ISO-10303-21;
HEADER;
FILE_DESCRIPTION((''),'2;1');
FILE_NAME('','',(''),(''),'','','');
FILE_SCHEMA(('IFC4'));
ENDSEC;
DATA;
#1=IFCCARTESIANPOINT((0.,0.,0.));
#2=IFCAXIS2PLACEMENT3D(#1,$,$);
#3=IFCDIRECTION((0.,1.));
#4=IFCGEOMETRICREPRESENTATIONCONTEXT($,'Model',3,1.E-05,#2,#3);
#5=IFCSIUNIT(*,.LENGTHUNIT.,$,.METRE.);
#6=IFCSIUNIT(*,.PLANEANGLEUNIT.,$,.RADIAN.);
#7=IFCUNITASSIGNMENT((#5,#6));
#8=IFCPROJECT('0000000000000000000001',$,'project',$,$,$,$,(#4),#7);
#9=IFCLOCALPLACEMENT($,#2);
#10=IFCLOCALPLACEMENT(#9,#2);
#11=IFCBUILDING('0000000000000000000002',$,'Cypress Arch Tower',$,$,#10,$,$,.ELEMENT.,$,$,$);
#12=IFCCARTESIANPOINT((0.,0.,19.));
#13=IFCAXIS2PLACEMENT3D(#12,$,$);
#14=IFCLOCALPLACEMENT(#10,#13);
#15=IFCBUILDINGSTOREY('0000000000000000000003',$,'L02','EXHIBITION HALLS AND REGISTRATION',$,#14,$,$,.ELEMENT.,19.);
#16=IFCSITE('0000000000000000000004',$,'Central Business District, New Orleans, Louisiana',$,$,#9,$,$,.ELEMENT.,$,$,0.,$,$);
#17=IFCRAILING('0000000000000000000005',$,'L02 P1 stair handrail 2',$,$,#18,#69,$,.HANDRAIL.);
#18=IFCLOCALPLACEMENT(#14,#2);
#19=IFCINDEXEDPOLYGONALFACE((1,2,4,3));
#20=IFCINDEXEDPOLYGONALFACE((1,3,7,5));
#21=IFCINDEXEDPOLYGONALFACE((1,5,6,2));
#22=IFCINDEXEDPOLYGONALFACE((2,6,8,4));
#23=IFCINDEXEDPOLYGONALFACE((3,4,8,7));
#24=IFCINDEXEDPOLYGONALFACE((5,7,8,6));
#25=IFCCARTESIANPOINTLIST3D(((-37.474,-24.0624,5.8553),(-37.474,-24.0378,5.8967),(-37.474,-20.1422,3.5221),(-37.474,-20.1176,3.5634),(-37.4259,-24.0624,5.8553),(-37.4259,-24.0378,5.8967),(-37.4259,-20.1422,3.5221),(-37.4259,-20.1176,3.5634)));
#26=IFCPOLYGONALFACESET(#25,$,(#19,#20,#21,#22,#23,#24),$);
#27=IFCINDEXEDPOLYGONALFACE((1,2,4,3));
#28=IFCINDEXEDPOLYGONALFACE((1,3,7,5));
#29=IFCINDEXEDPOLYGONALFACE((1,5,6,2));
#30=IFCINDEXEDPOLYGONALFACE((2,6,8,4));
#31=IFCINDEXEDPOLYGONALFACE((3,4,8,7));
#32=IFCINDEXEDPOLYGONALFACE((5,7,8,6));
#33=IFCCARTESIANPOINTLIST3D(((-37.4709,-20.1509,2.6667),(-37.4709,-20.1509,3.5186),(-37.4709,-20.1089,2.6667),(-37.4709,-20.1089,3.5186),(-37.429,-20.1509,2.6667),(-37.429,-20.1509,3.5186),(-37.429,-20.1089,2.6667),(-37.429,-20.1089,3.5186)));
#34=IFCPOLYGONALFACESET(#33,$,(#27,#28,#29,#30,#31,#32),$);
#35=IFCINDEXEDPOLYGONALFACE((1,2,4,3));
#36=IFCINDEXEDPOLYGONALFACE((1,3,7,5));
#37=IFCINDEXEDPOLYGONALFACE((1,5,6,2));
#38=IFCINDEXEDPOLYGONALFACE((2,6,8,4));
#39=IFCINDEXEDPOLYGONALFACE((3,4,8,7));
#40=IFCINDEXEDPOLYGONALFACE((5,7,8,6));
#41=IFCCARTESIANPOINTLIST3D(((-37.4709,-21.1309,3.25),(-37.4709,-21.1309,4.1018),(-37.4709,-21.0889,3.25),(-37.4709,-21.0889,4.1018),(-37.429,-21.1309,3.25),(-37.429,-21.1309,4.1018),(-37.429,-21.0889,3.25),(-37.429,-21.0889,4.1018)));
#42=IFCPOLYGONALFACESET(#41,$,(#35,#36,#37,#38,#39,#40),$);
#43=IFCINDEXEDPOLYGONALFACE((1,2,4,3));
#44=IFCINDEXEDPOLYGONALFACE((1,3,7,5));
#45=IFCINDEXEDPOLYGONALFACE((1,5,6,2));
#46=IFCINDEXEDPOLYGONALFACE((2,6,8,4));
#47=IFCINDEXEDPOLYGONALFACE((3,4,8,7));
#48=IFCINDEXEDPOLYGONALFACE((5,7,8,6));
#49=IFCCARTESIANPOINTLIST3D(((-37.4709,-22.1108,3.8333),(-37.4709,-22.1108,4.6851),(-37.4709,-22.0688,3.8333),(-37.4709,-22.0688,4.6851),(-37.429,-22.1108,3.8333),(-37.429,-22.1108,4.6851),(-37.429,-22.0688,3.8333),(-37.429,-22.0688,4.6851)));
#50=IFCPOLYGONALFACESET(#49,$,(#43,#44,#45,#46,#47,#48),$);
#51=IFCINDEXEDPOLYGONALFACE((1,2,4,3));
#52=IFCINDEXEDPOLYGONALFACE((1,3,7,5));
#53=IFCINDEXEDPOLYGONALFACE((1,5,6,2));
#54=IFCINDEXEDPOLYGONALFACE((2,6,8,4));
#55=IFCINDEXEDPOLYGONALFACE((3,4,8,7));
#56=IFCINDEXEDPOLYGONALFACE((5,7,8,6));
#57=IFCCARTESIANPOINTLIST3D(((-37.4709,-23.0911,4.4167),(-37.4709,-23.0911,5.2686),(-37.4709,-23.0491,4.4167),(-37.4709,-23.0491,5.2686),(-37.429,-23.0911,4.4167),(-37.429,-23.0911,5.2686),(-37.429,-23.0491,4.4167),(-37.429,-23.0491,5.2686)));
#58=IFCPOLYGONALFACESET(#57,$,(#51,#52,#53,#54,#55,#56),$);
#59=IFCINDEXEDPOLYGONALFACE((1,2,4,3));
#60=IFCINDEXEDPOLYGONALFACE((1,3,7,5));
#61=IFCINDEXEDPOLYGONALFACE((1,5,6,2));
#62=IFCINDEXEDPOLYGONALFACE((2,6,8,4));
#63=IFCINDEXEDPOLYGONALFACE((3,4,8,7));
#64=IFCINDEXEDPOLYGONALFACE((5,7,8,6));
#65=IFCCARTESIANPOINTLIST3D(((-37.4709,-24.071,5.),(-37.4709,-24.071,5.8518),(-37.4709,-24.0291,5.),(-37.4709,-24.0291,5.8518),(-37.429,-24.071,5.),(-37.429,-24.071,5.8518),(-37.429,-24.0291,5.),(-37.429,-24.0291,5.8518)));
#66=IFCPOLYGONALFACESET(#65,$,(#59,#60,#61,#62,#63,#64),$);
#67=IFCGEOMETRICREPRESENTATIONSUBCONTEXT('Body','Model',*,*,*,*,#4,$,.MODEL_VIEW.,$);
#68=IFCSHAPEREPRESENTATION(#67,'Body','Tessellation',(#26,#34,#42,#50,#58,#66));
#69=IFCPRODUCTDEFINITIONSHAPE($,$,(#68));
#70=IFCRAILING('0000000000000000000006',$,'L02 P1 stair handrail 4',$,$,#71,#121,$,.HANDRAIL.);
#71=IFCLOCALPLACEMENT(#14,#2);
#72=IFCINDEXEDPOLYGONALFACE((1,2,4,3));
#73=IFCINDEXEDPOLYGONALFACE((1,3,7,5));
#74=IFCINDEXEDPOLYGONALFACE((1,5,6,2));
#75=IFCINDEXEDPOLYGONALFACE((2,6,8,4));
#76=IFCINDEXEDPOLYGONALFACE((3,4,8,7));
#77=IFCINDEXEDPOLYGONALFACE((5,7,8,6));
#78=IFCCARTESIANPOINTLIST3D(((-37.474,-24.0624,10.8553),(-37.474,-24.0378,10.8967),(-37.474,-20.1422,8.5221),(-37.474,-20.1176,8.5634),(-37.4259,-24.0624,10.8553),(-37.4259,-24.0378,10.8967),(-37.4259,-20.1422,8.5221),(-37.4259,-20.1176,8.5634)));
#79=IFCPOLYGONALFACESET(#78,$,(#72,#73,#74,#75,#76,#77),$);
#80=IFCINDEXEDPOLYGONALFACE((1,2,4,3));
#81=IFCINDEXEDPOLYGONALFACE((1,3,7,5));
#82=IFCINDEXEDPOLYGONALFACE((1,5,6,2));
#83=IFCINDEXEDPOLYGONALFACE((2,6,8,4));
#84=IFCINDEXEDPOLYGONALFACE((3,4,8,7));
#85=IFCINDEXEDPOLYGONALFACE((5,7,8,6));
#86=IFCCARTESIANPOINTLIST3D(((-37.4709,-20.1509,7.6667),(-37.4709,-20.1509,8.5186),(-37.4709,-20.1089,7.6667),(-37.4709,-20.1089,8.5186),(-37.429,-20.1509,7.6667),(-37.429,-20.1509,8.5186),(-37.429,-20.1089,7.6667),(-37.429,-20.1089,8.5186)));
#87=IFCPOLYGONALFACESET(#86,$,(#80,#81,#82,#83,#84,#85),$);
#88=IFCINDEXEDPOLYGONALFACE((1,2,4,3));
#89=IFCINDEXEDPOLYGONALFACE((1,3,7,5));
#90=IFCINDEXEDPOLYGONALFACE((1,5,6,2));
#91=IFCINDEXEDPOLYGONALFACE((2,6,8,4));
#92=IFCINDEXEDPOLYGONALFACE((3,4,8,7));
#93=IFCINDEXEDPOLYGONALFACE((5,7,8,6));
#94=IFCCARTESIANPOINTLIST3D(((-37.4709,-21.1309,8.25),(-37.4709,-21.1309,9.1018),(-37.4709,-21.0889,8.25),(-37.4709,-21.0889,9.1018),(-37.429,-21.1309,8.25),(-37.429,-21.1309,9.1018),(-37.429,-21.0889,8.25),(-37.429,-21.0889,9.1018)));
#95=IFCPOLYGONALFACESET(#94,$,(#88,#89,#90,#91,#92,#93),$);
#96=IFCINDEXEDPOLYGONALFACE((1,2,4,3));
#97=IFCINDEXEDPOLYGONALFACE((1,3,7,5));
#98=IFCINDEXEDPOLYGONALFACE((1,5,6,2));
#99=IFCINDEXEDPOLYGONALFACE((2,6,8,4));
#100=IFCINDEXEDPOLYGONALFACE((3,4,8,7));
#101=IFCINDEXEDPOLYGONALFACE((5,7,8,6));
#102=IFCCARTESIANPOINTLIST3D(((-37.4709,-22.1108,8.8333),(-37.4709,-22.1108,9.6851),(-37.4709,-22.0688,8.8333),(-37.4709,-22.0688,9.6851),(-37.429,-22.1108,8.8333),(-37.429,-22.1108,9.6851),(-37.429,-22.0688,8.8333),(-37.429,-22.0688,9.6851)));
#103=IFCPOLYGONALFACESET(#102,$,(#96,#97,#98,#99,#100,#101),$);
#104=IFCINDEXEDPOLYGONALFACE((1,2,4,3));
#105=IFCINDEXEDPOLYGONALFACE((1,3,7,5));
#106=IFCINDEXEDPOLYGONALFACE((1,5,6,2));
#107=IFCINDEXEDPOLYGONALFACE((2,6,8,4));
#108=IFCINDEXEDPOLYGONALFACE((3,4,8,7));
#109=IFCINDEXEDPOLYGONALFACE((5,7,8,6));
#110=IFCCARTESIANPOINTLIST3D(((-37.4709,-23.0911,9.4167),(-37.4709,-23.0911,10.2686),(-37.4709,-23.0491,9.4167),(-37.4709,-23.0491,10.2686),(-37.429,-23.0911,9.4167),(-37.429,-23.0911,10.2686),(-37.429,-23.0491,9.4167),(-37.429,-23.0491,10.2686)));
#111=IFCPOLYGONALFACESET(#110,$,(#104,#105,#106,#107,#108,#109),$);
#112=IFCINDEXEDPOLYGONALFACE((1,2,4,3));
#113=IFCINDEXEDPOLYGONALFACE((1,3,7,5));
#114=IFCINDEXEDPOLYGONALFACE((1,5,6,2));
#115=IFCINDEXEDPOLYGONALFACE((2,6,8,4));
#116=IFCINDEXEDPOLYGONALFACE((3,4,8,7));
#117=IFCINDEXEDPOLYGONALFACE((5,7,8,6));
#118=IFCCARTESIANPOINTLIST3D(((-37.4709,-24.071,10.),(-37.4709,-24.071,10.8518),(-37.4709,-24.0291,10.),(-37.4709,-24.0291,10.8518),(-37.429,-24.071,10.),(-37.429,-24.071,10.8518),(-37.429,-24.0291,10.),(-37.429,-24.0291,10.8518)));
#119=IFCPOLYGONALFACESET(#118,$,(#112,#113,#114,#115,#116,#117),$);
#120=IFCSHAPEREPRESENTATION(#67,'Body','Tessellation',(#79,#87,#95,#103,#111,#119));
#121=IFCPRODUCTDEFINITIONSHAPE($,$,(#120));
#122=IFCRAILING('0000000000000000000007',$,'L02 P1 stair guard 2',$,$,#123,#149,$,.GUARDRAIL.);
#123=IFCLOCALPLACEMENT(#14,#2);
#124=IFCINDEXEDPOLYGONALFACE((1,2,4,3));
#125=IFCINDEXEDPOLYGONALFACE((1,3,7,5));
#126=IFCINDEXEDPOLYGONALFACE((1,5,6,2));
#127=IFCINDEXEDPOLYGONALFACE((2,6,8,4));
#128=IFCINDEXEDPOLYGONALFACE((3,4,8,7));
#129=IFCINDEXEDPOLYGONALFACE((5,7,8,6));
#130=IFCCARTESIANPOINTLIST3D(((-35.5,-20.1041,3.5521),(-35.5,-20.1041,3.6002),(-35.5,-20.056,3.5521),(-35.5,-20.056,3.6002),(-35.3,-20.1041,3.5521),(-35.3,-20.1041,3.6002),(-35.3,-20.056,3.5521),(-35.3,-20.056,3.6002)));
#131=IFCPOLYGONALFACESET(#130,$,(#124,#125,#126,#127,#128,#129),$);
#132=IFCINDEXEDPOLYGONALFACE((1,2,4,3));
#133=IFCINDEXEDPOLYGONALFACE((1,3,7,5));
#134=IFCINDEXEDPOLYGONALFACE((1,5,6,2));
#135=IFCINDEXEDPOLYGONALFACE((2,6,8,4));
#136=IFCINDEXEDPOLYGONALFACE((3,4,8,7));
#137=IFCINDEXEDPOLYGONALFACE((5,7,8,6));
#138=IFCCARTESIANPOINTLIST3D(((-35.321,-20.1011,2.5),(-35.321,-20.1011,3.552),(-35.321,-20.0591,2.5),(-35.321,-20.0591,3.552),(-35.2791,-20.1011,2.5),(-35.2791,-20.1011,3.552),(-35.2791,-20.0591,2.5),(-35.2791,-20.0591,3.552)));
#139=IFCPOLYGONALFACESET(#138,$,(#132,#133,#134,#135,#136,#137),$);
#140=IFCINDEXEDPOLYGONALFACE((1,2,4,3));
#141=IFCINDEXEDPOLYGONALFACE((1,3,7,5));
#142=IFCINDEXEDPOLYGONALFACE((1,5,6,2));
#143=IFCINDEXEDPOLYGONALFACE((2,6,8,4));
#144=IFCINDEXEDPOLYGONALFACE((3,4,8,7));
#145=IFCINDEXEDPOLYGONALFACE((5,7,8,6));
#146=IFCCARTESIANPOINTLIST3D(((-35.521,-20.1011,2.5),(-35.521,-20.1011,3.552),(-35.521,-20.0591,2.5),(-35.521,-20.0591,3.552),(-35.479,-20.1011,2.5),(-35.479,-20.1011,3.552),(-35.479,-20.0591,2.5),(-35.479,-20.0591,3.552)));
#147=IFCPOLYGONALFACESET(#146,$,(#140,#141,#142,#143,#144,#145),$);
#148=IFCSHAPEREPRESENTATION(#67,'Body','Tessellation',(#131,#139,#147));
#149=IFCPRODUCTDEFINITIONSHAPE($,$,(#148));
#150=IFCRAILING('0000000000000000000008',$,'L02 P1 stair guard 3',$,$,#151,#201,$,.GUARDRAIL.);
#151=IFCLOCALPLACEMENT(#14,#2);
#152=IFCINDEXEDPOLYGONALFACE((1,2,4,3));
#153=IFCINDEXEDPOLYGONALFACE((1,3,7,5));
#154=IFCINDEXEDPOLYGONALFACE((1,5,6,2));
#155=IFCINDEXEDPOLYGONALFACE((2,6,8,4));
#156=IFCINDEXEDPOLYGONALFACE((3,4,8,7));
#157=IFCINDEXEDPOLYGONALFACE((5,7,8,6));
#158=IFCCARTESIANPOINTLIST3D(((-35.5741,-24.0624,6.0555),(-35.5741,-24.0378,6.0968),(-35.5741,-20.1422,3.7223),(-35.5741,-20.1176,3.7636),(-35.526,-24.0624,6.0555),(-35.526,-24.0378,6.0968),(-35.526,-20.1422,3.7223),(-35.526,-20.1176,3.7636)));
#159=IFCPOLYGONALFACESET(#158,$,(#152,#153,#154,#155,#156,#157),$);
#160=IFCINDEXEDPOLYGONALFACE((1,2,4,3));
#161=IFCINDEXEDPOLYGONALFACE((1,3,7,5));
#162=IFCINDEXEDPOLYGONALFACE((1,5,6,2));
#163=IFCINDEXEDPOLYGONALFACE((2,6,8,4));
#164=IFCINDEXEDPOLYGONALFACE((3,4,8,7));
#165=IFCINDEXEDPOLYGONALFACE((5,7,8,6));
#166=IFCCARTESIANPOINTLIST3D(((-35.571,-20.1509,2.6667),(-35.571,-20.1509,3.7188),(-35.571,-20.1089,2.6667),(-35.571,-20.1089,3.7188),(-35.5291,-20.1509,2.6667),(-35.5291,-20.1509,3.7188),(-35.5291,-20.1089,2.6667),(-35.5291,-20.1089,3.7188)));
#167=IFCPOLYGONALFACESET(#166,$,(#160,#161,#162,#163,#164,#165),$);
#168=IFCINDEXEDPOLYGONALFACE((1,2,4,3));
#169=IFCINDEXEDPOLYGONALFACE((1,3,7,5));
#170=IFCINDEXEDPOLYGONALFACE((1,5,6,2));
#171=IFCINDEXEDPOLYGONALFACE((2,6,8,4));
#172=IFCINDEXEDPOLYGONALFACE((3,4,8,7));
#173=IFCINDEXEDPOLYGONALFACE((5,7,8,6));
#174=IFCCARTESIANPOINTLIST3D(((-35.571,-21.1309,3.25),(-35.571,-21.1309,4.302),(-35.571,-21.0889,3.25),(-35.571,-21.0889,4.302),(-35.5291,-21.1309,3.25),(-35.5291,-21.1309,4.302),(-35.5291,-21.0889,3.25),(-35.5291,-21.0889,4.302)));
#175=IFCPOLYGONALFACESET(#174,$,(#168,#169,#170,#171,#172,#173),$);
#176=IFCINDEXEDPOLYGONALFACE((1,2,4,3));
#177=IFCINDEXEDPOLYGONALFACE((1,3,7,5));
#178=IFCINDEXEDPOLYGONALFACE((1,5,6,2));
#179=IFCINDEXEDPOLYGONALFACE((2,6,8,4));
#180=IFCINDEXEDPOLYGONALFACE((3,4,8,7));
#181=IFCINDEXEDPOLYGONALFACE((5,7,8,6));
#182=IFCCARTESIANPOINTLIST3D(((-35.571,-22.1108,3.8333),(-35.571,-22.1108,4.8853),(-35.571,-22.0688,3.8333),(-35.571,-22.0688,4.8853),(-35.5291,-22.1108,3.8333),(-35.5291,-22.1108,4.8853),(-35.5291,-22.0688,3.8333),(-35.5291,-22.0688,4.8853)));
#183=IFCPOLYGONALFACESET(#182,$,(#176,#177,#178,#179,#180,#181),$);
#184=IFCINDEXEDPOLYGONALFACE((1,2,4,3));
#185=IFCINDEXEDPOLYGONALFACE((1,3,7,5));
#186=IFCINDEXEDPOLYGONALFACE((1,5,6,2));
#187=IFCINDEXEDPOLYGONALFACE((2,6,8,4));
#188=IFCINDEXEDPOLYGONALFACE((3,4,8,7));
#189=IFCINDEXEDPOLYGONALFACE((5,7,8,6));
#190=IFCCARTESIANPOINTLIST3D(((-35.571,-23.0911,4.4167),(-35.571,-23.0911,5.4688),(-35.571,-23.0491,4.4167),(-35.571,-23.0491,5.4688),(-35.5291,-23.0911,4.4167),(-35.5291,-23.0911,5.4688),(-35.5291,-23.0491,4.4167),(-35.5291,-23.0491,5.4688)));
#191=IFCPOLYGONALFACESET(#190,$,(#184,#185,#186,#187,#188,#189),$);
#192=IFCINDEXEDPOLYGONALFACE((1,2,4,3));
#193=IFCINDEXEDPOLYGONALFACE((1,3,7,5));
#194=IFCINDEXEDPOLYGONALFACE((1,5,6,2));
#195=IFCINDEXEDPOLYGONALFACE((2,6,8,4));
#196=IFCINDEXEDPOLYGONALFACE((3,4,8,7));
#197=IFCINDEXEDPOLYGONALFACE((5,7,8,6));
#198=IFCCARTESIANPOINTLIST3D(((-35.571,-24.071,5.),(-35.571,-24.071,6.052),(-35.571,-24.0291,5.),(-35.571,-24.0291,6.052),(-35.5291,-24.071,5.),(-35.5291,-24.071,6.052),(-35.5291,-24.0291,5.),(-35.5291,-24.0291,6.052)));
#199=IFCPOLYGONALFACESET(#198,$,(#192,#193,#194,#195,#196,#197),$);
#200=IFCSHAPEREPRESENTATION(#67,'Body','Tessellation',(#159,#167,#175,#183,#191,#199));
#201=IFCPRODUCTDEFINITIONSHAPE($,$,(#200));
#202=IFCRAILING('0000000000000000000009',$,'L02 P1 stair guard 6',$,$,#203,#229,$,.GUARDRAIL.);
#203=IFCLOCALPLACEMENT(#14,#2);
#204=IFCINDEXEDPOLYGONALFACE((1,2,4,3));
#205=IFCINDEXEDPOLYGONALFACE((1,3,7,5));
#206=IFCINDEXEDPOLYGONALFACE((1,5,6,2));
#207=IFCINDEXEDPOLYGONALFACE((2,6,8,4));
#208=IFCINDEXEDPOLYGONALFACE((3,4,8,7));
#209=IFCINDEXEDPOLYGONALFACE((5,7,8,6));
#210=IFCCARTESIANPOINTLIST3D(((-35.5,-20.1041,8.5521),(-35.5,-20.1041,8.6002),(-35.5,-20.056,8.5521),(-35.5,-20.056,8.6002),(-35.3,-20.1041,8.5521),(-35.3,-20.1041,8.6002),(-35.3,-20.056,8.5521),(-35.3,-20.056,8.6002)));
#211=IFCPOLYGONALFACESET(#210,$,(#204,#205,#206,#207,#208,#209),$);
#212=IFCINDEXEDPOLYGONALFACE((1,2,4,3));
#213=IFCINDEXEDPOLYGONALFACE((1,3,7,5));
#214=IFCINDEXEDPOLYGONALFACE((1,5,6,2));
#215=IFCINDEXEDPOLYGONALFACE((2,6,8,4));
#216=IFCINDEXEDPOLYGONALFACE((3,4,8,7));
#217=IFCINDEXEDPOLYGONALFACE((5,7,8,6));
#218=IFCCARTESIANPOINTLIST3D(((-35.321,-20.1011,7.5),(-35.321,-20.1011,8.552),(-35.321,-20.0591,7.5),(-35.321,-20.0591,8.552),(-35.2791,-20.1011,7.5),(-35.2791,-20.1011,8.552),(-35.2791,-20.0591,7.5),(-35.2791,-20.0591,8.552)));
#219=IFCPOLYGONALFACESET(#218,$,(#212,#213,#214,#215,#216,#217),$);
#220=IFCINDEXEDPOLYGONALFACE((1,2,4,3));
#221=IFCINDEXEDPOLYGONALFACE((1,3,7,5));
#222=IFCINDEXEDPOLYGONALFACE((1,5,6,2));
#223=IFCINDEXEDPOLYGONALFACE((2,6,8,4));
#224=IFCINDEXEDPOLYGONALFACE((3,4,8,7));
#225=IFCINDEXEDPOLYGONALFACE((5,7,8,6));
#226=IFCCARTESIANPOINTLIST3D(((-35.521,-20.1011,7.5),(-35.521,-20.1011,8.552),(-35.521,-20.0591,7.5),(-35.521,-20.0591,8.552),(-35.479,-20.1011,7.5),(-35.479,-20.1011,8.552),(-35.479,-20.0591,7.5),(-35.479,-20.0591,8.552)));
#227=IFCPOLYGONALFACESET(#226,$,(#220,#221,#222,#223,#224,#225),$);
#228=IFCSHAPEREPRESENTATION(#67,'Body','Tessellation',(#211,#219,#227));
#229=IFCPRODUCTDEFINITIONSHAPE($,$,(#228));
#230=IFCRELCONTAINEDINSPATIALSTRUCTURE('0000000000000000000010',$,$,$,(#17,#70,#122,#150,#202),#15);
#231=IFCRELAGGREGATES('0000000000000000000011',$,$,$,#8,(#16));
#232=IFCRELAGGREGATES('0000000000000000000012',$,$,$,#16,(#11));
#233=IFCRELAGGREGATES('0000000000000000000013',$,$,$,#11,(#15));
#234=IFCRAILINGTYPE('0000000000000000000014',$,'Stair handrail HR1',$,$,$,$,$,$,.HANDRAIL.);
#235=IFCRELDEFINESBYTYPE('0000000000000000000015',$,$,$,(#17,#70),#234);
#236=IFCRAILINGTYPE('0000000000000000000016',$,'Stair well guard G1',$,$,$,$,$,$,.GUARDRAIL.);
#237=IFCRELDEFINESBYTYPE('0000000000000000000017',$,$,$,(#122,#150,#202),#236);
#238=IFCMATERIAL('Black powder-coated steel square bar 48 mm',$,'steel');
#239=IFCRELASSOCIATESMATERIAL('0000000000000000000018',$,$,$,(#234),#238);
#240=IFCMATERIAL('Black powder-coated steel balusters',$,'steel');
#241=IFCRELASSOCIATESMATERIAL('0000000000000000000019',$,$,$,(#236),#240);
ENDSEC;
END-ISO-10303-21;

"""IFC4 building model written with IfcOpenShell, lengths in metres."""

from ifc_helpers import new_model, si_unit, direction, frame, origin, origin_2d, place, context, subcontext, project, spatial, rectangle, extrude, material, type_object, element, save


model = new_model("IFC4")

# Units and contexts
model_context = context("Model", 3, precision=1e-05, world=origin(), true_north=direction((0.0, 1.0)))
body_context = subcontext(model_context, "Body", "Model", "MODEL_VIEW")
ifc_project = project(units=[si_unit("LENGTHUNIT", "METRE"), si_unit("PLANEANGLEUNIT", "RADIAN")], contexts=[model_context])

# Site, building, storey
site_placement = place(None, origin())
site = spatial("IfcSite", under=ifc_project, at=site_placement, Name="Central Business District, New Orleans, Louisiana", CompositionType="ELEMENT", RefElevation=0.0)
building_placement = place(site_placement, origin())
building = spatial("IfcBuilding", under=site, at=building_placement, Name="Cypress Arch Tower", CompositionType="ELEMENT")
storey_placement = place(building_placement, frame((0.0, 0.0, 19.0)))
storey = spatial("IfcBuildingStorey", under=building, at=storey_placement, Name="L02", Description="EXHIBITION HALLS AND REGISTRATION", CompositionType="ELEMENT", Elevation=19.0)

# Railings
ifc_material_1 = material(Name="Black powder-coated steel square bar 48 mm", Category="steel")
railing_type_1 = type_object("IfcRailingType", Name="Stair handrail HR1", PredefinedType="HANDRAIL", material=ifc_material_1)
for number, where, name in (
    (1, (-37.45, -20.1299, 2.6667), "L02 P1 stair handrail 2"),
    (2, (-37.45, -20.1299, 7.6667), "L02 P1 stair handrail 4"),
):
    element("IfcRailing", number, at=place(storey_placement, frame(where)), inside=storey, type_object=railing_type_1, Name=name, PredefinedType="HANDRAIL", context=body_context, shape_type="SweptSolid", body=[
        extrude(rectangle(XDim=0.0481, YDim=0.0481, at=origin_2d()), frame((0.0, 0.0, 0.876), z_axis=(0.0, -0.85931, 0.511455), x_axis=(1.0, 0.0, 0.0)), (0.0, 0.0, 1.0), 4.562),
        extrude(rectangle(XDim=0.042, YDim=0.042, at=origin_2d()), origin(), (0.0, 0.0, 1.0), 0.8518),
        extrude(rectangle(XDim=0.042, YDim=0.042, at=origin_2d()), frame((0.0, -0.98, 0.5833)), (0.0, 0.0, 1.0), 0.8518),
        extrude(rectangle(XDim=0.042, YDim=0.042, at=origin_2d()), frame((0.0, -1.96, 1.1665)), (0.0, 0.0, 1.0), 0.8518),
        extrude(rectangle(XDim=0.042, YDim=0.042, at=origin_2d()), frame((0.0, -2.9402, 1.75)), (0.0, 0.0, 1.0), 0.8518),
        extrude(rectangle(XDim=0.042, YDim=0.042, at=origin_2d()), frame((0.0, -3.9202, 2.3333)), (0.0, 0.0, 1.0), 0.8518),
    ])
ifc_material_2 = material(Name="Black powder-coated steel balusters", Category="steel")
railing_type_2 = type_object("IfcRailingType", Name="Stair well guard G1", PredefinedType="GUARDRAIL", material=ifc_material_2)
railing_1_placement = place(storey_placement, frame((-35.3, -20.0801, 2.5)))
element("IfcRailing", 3, at=railing_1_placement, inside=storey, type_object=railing_type_2, Name="L02 P1 stair guard 2", PredefinedType="GUARDRAIL", context=body_context, shape_type="SweptSolid", body=[
    extrude(rectangle(XDim=0.0481, YDim=0.0481, at=origin_2d()), frame((0.0, 0.0, 1.0762), z_axis=(-1.0, 0.0, 0.0), x_axis=(0.0, -1.0, 0.0)), (0.0, 0.0, 1.0), 0.2),
    extrude(rectangle(XDim=0.042, YDim=0.042, at=origin_2d()), origin(), (0.0, 0.0, 1.0), 1.052),
    extrude(rectangle(XDim=0.042, YDim=0.042, at=origin_2d()), frame((-0.2, 0.0, 0.0)), (0.0, 0.0, 1.0), 1.052),
])
railing_2_placement = place(storey_placement, frame((-35.55, -20.1299, 2.6667)))
element("IfcRailing", 4, at=railing_2_placement, inside=storey, type_object=railing_type_2, Name="L02 P1 stair guard 3", PredefinedType="GUARDRAIL", context=body_context, shape_type="SweptSolid", body=[
    extrude(rectangle(XDim=0.0481, YDim=0.0481, at=origin_2d()), frame((0.0, 0.0, 1.0762), z_axis=(0.0, -0.85931, 0.511455), x_axis=(1.0, 0.0, 0.0)), (0.0, 0.0, 1.0), 4.562),
    extrude(rectangle(XDim=0.042, YDim=0.042, at=origin_2d()), origin(), (0.0, 0.0, 1.0), 1.052),
    extrude(rectangle(XDim=0.042, YDim=0.042, at=origin_2d()), frame((0.0, -0.98, 0.5833)), (0.0, 0.0, 1.0), 1.052),
    extrude(rectangle(XDim=0.042, YDim=0.042, at=origin_2d()), frame((0.0, -1.96, 1.1665)), (0.0, 0.0, 1.0), 1.052),
    extrude(rectangle(XDim=0.042, YDim=0.042, at=origin_2d()), frame((0.0, -2.9402, 1.75)), (0.0, 0.0, 1.0), 1.052),
    extrude(rectangle(XDim=0.042, YDim=0.042, at=origin_2d()), frame((0.0, -3.9202, 2.3333)), (0.0, 0.0, 1.0), 1.052),
])
railing_3_placement = place(storey_placement, frame((-35.3, -20.0801, 7.5)))
element("IfcRailing", 5, at=railing_3_placement, inside=storey, type_object=railing_type_2, Name="L02 P1 stair guard 6", PredefinedType="GUARDRAIL", context=body_context, shape_type="SweptSolid", body=[
    extrude(rectangle(XDim=0.0481, YDim=0.0481, at=origin_2d()), frame((0.0, 0.0, 1.0762), z_axis=(-1.0, 0.0, 0.0), x_axis=(0.0, -1.0, 0.0)), (0.0, 0.0, 1.0), 0.2),
    extrude(rectangle(XDim=0.042, YDim=0.042, at=origin_2d()), origin(), (0.0, 0.0, 1.0), 1.052),
    extrude(rectangle(XDim=0.042, YDim=0.042, at=origin_2d()), frame((-0.2, 0.0, 0.0)), (0.0, 0.0, 1.0), 1.052),
])

save(model, "model.ifc")
